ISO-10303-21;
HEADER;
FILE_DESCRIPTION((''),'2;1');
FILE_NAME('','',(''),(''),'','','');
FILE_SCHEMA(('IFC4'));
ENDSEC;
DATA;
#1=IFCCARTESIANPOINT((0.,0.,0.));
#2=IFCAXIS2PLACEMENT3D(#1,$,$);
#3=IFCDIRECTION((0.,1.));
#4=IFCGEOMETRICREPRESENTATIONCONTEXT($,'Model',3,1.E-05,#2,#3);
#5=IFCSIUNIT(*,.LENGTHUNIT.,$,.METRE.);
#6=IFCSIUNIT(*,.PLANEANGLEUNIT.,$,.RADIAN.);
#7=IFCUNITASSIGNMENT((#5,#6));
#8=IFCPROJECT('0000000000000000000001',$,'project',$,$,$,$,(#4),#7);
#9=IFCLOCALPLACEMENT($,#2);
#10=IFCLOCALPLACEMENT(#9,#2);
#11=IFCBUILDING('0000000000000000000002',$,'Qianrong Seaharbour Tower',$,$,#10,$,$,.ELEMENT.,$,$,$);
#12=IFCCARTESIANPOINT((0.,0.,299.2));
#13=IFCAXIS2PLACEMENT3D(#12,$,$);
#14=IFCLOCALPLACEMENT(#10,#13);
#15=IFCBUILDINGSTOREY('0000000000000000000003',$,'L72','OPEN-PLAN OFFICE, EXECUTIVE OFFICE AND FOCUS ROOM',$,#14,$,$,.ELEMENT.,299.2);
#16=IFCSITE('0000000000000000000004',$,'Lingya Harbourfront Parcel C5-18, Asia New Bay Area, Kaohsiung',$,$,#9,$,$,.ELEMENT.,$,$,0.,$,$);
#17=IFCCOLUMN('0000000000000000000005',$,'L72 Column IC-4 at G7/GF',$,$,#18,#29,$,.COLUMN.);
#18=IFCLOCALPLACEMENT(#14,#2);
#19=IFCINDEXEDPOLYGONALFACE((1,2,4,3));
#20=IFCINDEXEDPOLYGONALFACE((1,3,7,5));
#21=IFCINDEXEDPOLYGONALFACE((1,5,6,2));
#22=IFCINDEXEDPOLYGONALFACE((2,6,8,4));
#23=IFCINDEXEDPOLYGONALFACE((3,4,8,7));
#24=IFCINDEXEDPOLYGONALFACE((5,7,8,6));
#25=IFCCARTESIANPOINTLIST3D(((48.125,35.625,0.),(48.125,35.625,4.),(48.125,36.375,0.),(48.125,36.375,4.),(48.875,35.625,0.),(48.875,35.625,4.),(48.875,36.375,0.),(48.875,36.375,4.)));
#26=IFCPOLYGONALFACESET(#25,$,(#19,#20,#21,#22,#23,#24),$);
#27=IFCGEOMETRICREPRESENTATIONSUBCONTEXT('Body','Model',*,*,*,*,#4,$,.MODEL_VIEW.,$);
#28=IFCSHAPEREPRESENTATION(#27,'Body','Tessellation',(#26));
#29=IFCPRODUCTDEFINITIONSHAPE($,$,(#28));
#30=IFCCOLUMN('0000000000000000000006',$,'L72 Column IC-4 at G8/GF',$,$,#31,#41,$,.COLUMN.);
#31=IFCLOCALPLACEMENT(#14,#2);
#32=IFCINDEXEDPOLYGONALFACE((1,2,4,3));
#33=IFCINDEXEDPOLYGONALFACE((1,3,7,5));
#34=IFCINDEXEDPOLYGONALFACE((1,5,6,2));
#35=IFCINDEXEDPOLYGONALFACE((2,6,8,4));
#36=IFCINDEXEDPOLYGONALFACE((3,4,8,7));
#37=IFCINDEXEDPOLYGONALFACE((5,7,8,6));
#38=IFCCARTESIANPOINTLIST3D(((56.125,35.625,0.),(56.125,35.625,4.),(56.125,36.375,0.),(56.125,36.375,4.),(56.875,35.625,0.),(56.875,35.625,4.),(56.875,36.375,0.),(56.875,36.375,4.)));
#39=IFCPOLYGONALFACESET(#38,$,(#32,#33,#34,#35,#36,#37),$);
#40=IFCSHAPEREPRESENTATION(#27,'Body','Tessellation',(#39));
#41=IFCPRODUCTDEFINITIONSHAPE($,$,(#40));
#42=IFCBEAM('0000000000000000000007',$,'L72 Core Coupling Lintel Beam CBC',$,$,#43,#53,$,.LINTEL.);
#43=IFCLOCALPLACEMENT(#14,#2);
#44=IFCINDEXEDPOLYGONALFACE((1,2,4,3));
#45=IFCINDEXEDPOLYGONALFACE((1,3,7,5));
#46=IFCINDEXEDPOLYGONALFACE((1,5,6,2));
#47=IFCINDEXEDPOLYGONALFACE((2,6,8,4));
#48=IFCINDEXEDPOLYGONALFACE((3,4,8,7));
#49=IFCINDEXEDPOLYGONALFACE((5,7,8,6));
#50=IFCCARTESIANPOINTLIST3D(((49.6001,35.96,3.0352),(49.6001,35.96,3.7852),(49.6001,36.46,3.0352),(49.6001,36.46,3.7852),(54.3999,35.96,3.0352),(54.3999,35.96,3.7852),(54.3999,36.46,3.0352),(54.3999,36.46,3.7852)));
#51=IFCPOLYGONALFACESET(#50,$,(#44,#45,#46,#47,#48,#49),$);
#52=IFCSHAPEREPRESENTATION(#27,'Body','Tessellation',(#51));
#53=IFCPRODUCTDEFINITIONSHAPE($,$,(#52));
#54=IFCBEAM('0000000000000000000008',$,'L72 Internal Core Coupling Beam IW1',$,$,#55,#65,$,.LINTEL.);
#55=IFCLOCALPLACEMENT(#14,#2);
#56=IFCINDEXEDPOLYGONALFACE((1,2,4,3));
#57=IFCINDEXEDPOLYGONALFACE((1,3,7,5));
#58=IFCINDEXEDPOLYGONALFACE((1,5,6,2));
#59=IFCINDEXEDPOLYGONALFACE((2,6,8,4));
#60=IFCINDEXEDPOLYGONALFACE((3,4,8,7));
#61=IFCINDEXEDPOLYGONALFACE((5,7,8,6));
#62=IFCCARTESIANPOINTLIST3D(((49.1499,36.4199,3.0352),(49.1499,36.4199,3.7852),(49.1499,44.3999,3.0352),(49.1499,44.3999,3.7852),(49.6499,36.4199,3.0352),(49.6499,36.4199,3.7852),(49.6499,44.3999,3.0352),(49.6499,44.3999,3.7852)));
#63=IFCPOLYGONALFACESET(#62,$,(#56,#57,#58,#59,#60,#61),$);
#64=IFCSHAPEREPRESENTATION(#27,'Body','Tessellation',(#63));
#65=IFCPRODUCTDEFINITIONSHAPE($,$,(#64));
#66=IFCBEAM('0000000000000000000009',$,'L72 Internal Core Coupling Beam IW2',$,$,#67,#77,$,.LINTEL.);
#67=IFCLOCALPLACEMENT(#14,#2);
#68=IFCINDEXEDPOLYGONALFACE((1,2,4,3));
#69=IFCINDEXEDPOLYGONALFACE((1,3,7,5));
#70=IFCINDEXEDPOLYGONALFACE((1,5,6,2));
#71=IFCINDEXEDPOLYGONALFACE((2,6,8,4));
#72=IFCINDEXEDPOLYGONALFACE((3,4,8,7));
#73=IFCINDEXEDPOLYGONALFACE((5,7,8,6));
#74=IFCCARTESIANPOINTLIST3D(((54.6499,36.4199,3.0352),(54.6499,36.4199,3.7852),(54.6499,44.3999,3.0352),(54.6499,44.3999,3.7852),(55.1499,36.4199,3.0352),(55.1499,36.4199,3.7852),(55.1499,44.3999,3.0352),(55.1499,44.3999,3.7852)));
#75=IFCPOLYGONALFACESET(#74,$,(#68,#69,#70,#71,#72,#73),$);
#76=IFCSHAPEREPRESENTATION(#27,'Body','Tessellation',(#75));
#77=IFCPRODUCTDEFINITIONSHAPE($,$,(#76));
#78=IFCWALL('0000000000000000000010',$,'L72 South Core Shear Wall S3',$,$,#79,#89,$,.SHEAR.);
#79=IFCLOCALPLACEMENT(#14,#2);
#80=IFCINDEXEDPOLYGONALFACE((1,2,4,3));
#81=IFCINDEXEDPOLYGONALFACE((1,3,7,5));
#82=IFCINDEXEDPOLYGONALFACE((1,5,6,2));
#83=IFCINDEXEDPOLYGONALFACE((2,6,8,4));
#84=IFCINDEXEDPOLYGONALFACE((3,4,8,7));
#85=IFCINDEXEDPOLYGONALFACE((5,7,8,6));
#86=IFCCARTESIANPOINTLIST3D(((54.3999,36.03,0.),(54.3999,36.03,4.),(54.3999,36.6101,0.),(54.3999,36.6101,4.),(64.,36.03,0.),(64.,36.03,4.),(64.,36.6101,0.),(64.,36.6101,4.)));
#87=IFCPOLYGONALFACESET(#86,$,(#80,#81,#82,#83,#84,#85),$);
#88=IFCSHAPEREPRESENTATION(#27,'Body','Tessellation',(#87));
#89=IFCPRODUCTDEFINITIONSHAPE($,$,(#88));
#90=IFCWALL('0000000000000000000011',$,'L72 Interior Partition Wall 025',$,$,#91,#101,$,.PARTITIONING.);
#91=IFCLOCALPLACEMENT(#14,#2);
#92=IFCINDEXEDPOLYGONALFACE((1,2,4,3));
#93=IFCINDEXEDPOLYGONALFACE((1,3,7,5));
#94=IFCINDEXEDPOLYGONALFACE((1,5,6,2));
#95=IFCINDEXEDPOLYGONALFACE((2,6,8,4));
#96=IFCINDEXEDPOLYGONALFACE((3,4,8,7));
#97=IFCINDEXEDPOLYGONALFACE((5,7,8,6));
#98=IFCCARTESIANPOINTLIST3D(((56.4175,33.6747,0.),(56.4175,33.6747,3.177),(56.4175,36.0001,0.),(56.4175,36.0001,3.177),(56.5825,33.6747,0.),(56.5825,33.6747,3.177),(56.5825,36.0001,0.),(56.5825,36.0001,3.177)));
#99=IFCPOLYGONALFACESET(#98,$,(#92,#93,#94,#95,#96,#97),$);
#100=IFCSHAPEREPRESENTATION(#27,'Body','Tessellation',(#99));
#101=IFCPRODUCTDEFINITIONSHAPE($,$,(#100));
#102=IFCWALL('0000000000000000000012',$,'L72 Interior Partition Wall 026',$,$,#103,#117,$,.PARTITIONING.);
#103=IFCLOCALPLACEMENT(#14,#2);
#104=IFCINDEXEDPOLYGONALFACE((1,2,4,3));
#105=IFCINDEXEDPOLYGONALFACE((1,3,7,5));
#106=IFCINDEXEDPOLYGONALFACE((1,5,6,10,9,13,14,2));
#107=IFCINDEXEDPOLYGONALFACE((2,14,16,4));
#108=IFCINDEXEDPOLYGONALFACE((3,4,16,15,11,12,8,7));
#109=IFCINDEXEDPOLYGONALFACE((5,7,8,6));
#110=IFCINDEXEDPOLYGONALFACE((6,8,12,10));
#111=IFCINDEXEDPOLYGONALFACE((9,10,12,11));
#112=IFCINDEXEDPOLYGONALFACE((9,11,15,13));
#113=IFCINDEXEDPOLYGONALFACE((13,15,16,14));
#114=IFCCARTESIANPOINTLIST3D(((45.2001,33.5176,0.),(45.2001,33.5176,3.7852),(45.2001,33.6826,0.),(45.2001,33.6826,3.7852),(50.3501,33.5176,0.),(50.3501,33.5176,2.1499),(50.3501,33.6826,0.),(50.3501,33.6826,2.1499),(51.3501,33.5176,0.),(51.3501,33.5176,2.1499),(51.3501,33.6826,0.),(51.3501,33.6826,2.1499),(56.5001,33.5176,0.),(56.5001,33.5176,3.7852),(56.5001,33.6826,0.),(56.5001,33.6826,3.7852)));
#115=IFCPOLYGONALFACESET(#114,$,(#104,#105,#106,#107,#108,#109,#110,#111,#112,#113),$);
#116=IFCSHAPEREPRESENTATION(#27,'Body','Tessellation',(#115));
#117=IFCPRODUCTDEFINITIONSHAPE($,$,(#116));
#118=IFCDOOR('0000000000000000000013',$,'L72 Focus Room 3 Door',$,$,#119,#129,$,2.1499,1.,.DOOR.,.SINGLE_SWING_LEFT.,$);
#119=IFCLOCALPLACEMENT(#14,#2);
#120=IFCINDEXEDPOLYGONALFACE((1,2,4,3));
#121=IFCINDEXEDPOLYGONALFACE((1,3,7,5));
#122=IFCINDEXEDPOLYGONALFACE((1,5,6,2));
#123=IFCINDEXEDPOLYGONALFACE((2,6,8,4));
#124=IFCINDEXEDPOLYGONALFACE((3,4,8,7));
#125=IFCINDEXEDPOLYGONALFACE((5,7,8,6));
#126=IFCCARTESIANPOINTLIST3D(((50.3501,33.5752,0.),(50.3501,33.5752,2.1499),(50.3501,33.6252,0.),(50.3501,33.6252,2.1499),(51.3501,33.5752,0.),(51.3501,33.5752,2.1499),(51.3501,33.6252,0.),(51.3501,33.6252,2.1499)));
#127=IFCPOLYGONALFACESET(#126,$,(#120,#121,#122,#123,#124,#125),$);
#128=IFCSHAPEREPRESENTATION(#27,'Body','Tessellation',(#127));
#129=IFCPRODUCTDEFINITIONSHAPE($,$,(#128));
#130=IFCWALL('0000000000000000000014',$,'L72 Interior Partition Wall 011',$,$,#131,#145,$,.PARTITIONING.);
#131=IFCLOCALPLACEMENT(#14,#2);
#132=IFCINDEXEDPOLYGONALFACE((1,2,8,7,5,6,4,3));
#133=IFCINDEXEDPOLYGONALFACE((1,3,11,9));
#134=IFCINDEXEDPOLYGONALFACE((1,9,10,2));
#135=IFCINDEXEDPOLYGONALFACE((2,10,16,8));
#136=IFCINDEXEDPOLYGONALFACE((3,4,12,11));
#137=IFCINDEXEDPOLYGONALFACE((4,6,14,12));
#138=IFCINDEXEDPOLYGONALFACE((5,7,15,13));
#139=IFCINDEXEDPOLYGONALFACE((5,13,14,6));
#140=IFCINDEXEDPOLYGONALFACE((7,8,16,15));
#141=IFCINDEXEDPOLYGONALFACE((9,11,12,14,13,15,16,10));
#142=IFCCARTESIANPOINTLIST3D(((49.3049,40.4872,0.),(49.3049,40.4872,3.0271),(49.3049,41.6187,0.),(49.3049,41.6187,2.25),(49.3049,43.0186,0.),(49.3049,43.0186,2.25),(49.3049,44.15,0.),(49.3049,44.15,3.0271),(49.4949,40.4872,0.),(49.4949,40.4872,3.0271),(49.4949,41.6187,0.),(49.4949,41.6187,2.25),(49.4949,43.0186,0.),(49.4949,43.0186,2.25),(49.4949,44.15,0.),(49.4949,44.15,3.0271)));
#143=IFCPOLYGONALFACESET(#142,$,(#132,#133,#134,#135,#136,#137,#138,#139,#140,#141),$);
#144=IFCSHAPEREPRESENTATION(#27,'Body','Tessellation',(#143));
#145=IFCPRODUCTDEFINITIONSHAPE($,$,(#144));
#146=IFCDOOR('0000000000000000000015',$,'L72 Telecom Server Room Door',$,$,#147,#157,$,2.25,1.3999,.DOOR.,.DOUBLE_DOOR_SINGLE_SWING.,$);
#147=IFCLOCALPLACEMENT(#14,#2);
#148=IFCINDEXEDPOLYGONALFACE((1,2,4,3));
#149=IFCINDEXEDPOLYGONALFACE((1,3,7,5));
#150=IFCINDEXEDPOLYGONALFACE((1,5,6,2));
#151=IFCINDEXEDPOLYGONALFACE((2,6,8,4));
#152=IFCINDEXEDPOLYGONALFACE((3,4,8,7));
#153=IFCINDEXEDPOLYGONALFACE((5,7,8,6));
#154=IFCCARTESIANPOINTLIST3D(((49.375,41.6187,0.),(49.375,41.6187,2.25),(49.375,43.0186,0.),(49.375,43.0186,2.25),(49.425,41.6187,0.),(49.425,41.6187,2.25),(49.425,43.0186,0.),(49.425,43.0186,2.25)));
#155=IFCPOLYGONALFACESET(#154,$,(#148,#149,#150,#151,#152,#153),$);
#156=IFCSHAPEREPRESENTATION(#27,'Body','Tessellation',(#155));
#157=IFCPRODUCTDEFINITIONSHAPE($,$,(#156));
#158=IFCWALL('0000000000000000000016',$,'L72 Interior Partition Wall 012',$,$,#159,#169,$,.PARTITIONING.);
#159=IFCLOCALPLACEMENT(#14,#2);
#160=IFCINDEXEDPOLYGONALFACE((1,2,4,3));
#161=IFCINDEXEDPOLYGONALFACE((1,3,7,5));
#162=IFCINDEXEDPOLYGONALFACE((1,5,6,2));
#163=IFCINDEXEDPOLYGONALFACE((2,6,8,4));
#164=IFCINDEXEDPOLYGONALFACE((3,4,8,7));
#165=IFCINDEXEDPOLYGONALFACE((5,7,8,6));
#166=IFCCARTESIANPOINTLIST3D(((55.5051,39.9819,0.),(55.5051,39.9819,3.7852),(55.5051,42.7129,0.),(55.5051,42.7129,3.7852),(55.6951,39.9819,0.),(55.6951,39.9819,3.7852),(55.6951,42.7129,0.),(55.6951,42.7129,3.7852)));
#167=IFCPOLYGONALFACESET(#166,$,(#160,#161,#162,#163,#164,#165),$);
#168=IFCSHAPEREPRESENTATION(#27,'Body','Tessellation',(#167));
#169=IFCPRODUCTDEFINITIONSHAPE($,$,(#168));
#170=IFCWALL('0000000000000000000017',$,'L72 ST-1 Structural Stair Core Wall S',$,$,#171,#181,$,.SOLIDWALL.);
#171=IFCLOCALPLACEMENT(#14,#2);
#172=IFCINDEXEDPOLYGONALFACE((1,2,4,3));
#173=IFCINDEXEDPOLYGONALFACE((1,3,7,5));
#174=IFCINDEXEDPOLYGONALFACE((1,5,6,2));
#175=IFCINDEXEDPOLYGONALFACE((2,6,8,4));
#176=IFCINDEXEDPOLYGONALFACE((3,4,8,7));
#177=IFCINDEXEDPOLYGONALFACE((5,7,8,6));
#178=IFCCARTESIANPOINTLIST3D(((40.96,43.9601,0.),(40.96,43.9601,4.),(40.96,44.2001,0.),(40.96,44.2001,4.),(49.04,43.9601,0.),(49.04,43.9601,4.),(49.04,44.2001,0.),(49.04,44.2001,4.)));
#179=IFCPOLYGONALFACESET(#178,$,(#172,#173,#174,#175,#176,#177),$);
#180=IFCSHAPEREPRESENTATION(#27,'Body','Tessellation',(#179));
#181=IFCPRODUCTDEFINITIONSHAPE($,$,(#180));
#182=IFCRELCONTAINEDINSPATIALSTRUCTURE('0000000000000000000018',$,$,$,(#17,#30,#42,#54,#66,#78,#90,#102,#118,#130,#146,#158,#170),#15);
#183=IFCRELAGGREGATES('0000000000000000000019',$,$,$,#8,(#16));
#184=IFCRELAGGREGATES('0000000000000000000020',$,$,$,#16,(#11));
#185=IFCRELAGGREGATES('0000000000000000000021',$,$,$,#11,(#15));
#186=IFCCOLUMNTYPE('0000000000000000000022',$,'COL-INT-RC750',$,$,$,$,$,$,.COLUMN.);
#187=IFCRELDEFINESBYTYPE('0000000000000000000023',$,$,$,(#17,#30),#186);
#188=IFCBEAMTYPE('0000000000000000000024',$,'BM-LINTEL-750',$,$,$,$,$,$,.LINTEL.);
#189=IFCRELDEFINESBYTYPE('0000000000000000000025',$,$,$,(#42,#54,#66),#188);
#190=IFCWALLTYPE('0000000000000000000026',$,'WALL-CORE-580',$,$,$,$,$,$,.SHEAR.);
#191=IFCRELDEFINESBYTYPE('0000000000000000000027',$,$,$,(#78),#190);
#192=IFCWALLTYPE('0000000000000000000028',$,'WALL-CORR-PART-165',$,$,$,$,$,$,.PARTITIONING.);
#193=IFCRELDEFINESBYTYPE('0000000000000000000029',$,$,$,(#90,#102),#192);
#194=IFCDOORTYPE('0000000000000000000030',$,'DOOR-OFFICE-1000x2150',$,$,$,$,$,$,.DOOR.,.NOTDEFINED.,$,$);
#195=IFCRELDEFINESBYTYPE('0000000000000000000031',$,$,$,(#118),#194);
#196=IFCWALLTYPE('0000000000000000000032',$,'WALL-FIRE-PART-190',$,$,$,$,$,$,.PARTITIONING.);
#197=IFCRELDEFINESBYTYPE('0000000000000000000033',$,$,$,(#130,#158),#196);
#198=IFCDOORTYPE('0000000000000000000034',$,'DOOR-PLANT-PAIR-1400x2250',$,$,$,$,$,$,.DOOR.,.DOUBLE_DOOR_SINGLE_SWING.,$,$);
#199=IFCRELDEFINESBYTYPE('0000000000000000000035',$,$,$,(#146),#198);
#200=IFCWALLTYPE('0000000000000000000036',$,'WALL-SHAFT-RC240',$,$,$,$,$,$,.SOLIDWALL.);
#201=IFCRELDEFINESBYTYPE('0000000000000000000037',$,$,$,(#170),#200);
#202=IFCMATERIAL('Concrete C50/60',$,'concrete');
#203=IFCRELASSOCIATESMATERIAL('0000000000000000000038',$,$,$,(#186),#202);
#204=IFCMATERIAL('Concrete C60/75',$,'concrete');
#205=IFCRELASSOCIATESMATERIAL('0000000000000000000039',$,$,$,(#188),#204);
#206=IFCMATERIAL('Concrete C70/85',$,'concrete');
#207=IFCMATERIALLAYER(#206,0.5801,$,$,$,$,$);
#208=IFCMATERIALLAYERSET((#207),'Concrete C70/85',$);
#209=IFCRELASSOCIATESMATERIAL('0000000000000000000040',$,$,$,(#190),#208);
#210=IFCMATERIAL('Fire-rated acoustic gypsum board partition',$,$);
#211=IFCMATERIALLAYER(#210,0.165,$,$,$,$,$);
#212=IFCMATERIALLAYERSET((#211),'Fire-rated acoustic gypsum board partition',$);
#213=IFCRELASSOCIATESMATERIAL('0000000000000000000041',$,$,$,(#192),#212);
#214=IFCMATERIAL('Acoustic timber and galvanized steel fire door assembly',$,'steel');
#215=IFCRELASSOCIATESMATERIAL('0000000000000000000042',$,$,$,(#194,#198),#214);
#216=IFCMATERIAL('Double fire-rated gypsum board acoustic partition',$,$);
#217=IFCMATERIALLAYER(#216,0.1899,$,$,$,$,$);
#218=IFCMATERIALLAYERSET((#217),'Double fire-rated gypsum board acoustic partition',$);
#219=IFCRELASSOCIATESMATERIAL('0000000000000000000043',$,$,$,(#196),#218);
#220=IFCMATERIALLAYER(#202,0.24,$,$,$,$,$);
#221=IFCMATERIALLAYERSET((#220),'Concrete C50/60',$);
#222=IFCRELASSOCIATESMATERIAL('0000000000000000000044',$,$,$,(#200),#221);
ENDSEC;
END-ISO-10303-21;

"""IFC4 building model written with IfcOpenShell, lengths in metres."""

from ifc_helpers import new_model, si_unit, direction, frame, frame_2d, origin, origin_2d, place, context, subcontext, project, spatial, rectangle, extrude, material, layer, layer_set, material_profile, profile_set, type_object, element, fill, save


model = new_model("IFC4")

# Units and contexts
model_context = context("Model", 3, precision=1e-05, world=origin(), true_north=direction((0.0, 1.0)))
body_context = subcontext(model_context, "Body", "Model", "MODEL_VIEW")
ifc_project = project(units=[si_unit("LENGTHUNIT", "METRE"), si_unit("PLANEANGLEUNIT", "RADIAN")], contexts=[model_context])

# Site, building, storey
site_placement = place(None, origin())
site = spatial("IfcSite", under=ifc_project, at=site_placement, Name="Lingya Harbourfront Parcel C5-18, Asia New Bay Area, Kaohsiung", CompositionType="ELEMENT", RefElevation=0.0)
building_placement = place(site_placement, origin())
building = spatial("IfcBuilding", under=site, at=building_placement, Name="Qianrong Seaharbour Tower", CompositionType="ELEMENT")
storey_placement = place(building_placement, frame((0.0, 0.0, 299.2)))
storey = spatial("IfcBuildingStorey", under=building, at=storey_placement, Name="L72", Description="OPEN-PLAN OFFICE, EXECUTIVE OFFICE AND FOCUS ROOM", CompositionType="ELEMENT", Elevation=299.2)

# Columns
ifc_material_1 = material(Name="Concrete C50/60", Category="concrete")
ifc_material_profile_1 = material_profile(ifc_material_1, rectangle(XDim=0.75, YDim=0.75, at=origin_2d()), Name="RC750x750")
ifc_profile_set_1 = profile_set([ifc_material_profile_1], Name="Concrete C50/60")
column_type = type_object("IfcColumnType", Name="COL-INT-RC750", PredefinedType="COLUMN", material=ifc_profile_set_1)
for number, where, z_axis, x_axis, name in (
    (1, (48.5, 36.0, 0.0), (0.0, 0.0, 1.0), (1.0, 0.0, 0.0), "L72 Column IC-4 at G7/GF"),
    (2, (56.5, 36.0, 0.0), (0.0, 0.0, 1.0), (1.0, 0.0, 0.0), "L72 Column IC-4 at G8/GF"),
):
    element("IfcColumn", number, at=place(storey_placement, frame(where, z_axis=z_axis, x_axis=x_axis)), inside=storey, type_object=column_type, Name=name, PredefinedType="COLUMN", context=body_context, shape_type="SweptSolid", body=[
        extrude(rectangle(XDim=0.75, YDim=0.75, at=origin_2d()), origin(), (0.0, 0.0, 1.0), 4.0),
    ])

# Beams
ifc_material_2 = material(Name="Concrete C60/75", Category="concrete")
ifc_material_profile_2 = material_profile(ifc_material_2, rectangle(XDim=0.5, YDim=0.75, at=origin_2d()), Name="RC500x750")
ifc_profile_set_2 = profile_set([ifc_material_profile_2], Name="Concrete C60/75")
beam_type = type_object("IfcBeamType", Name="BM-LINTEL-750", PredefinedType="LINTEL", material=ifc_profile_set_2)
beam_placement = place(storey_placement, frame((49.6001, 36.21, 3.4102), z_axis=(1.0, 0.0, 0.0), x_axis=(0.0, 1.0, 0.0)))
element("IfcBeam", 3, at=beam_placement, inside=storey, type_object=beam_type, Name="L72 Core Coupling Lintel Beam CBC", PredefinedType="LINTEL", context=body_context, shape_type="SweptSolid", body=[
    extrude(rectangle(XDim=0.5, YDim=0.75, at=origin_2d()), origin(), (0.0, 0.0, 1.0), 4.7998),
])
for number, where, z_axis, x_axis, name in (
    (4, (49.3999, 36.4199, 3.4102), (0.0, 1.0, 0.0), (-1.0, 0.0, 0.0), "L72 Internal Core Coupling Beam IW1"),
    (5, (54.8999, 36.4199, 3.4102), (0.0, 1.0, 0.0), (-1.0, 0.0, 0.0), "L72 Internal Core Coupling Beam IW2"),
):
    element("IfcBeam", number, at=place(storey_placement, frame(where, z_axis=z_axis, x_axis=x_axis)), inside=storey, type_object=beam_type, Name=name, PredefinedType="LINTEL", context=body_context, shape_type="SweptSolid", body=[
        extrude(rectangle(XDim=0.5, YDim=0.75, at=origin_2d()), origin(), (0.0, 0.0, 1.0), 7.98),
    ])

# Wall
ifc_material_3 = material(Name="Concrete C70/85", Category="concrete")
ifc_layer_1 = layer(ifc_material_3, 0.5801)
ifc_layer_set_1 = layer_set([ifc_layer_1], Name="Concrete C70/85")
wall_type_1 = type_object("IfcWallType", Name="WALL-CORE-580", PredefinedType="SHEAR", material=ifc_layer_set_1)
wall_1_placement = place(storey_placement, frame((54.3999, 36.3201, 0.0), z_axis=(0.0, 0.0, 1.0), x_axis=(1.0, 0.0, 0.0)))
element("IfcWall", 6, at=wall_1_placement, inside=storey, type_object=wall_type_1, Name="L72 South Core Shear Wall S3", PredefinedType="SHEAR", context=body_context, shape_type="SweptSolid", body=[
    extrude(rectangle(XDim=9.6001, YDim=0.5801, at=frame_2d((4.8, 0.0))), origin(), (0.0, 0.0, 1.0), 4.0),
])

# Shared definitions
ifc_material_4 = material(Name="Fire-rated acoustic gypsum board partition")
ifc_layer_2 = layer(ifc_material_4, 0.165)
ifc_layer_set_2 = layer_set([ifc_layer_2], Name="Fire-rated acoustic gypsum board partition")
wall_type_2 = type_object("IfcWallType", Name="WALL-CORR-PART-165", PredefinedType="PARTITIONING", material=ifc_layer_set_2)
ifc_material_5 = material(Name="Acoustic timber and galvanized steel fire door assembly", Category="steel")

# Wall
wall_2_placement = place(storey_placement, frame((56.5, 36.0, 0.0), z_axis=(0.0, 0.0, 1.0), x_axis=(0.0, -1.0, 0.0)))
element("IfcWall", 7, at=wall_2_placement, inside=storey, type_object=wall_type_2, Name="L72 Interior Partition Wall 025", PredefinedType="PARTITIONING", context=body_context, shape_type="SweptSolid", body=[
    extrude(rectangle(XDim=2.3254, YDim=0.165, at=frame_2d((1.1626, 0.0))), origin(), (0.0, 0.0, 1.0), 3.177),
])

# Walls, openings, doors
wall_3_placement = place(storey_placement, frame((56.5, 33.6001, 0.0), z_axis=(0.0, 0.0, 1.0), x_axis=(-1.0, 0.0, 0.0)))
wall_3 = element("IfcWall", 8, at=wall_3_placement, inside=storey, type_object=wall_type_2, Name="L72 Interior Partition Wall 026", PredefinedType="PARTITIONING", context=body_context, shape_type="SweptSolid", body=[
    extrude(rectangle(XDim=11.3, YDim=0.165, at=frame_2d((5.6499, 0.0))), origin(), (0.0, 0.0, 1.0), 3.7852),
])
opening_1_placement = place(wall_3_placement, frame((5.1499, 0.0, 0.0)))
opening_1 = element("IfcOpeningElement", 9, at=opening_1_placement, cuts=wall_3, PredefinedType="OPENING", context=body_context, shape_type="SweptSolid", body=[
    extrude(rectangle(XDim=1.0, YDim=2.1499, at=frame_2d((0.5, 1.075))), frame((0.0, 0.0925, 0.0), z_axis=(0.0, -1.0, 0.0), x_axis=(1.0, 0.0, 0.0)), (0.0, 0.0, 1.0), 0.1851),
])
door_type_1 = type_object("IfcDoorType", Name="DOOR-OFFICE-1000x2150", OperationType="NOTDEFINED", PredefinedType="DOOR", material=ifc_material_5)
door_1_placement = place(opening_1_placement, origin())
door_1 = element("IfcDoor", 10, at=door_1_placement, inside=storey, type_object=door_type_1, Name="L72 Focus Room 3 Door", OperationType="SINGLE_SWING_LEFT", OverallHeight=2.1499, OverallWidth=1.0, PredefinedType="DOOR", context=body_context, shape_type="SweptSolid", body=[
    extrude(rectangle(XDim=1.0, YDim=2.1499, at=frame_2d((0.5, 1.075))), frame((0.0, 0.0249, 0.0), z_axis=(0.0, -1.0, 0.0), x_axis=(1.0, 0.0, 0.0)), (0.0, 0.0, 1.0), 0.05),
])
fill(opening_1, door_1)
ifc_material_6 = material(Name="Double fire-rated gypsum board acoustic partition")
ifc_layer_3 = layer(ifc_material_6, 0.1899)
ifc_layer_set_3 = layer_set([ifc_layer_3], Name="Double fire-rated gypsum board acoustic partition")
wall_type_3 = type_object("IfcWallType", Name="WALL-FIRE-PART-190", PredefinedType="PARTITIONING", material=ifc_layer_set_3)
wall_4_placement = place(storey_placement, frame((49.3999, 40.4871, 0.0), z_axis=(0.0, 0.0, 1.0), x_axis=(0.0, 1.0, 0.0)))
wall_4 = element("IfcWall", 11, at=wall_4_placement, inside=storey, type_object=wall_type_3, Name="L72 Interior Partition Wall 011", PredefinedType="PARTITIONING", context=body_context, shape_type="SweptSolid", body=[
    extrude(rectangle(XDim=3.6628, YDim=0.1899, at=frame_2d((1.8315, 0.0))), origin(), (0.0, 0.0, 1.0), 3.0271),
])
opening_2_placement = place(wall_4_placement, frame((1.1316, 0.0, 0.0)))
opening_2 = element("IfcOpeningElement", 12, at=opening_2_placement, cuts=wall_4, PredefinedType="OPENING", context=body_context, shape_type="SweptSolid", body=[
    extrude(rectangle(XDim=1.3999, YDim=2.25, at=frame_2d((0.7, 1.125))), frame((0.0, 0.105, 0.0), z_axis=(0.0, -1.0, 0.0), x_axis=(1.0, 0.0, 0.0)), (0.0, 0.0, 1.0), 0.21),
])
door_type_2 = type_object("IfcDoorType", Name="DOOR-PLANT-PAIR-1400x2250", OperationType="DOUBLE_DOOR_SINGLE_SWING", PredefinedType="DOOR", material=ifc_material_5)
door_2_placement = place(opening_2_placement, origin())
door_2 = element("IfcDoor", 13, at=door_2_placement, inside=storey, type_object=door_type_2, Name="L72 Telecom Server Room Door", OperationType="DOUBLE_DOOR_SINGLE_SWING", OverallHeight=2.25, OverallWidth=1.3999, PredefinedType="DOOR", context=body_context, shape_type="SweptSolid", body=[
    extrude(rectangle(XDim=1.3999, YDim=2.25, at=frame_2d((0.7, 1.125))), frame((0.0, 0.0249, 0.0), z_axis=(0.0, -1.0, 0.0), x_axis=(1.0, 0.0, 0.0)), (0.0, 0.0, 1.0), 0.05),
])
fill(opening_2, door_2)

# Walls
wall_5_placement = place(storey_placement, frame((55.6001, 42.7129, 0.0), z_axis=(0.0, 0.0, 1.0), x_axis=(0.0, -1.0, 0.0)))
element("IfcWall", 14, at=wall_5_placement, inside=storey, type_object=wall_type_3, Name="L72 Interior Partition Wall 012", PredefinedType="PARTITIONING", context=body_context, shape_type="SweptSolid", body=[
    extrude(rectangle(XDim=2.731, YDim=0.1899, at=frame_2d((1.3655, 0.0))), origin(), (0.0, 0.0, 1.0), 3.7852),
])
ifc_layer_4 = layer(ifc_material_1, 0.24)
ifc_layer_set_4 = layer_set([ifc_layer_4], Name="Concrete C50/60")
wall_type_4 = type_object("IfcWallType", Name="WALL-SHAFT-RC240", PredefinedType="SOLIDWALL", material=ifc_layer_set_4)
wall_6_placement = place(storey_placement, frame((49.04, 44.0801, 0.0), z_axis=(0.0, 0.0, 1.0), x_axis=(-1.0, 0.0, 0.0)))
element("IfcWall", 15, at=wall_6_placement, inside=storey, type_object=wall_type_4, Name="L72 ST-1 Structural Stair Core Wall S", PredefinedType="SOLIDWALL", context=body_context, shape_type="SweptSolid", body=[
    extrude(rectangle(XDim=8.0801, YDim=0.24, at=frame_2d((4.04, 0.0))), origin(), (0.0, 0.0, 1.0), 4.0),
])

save(model, "model.ifc")
